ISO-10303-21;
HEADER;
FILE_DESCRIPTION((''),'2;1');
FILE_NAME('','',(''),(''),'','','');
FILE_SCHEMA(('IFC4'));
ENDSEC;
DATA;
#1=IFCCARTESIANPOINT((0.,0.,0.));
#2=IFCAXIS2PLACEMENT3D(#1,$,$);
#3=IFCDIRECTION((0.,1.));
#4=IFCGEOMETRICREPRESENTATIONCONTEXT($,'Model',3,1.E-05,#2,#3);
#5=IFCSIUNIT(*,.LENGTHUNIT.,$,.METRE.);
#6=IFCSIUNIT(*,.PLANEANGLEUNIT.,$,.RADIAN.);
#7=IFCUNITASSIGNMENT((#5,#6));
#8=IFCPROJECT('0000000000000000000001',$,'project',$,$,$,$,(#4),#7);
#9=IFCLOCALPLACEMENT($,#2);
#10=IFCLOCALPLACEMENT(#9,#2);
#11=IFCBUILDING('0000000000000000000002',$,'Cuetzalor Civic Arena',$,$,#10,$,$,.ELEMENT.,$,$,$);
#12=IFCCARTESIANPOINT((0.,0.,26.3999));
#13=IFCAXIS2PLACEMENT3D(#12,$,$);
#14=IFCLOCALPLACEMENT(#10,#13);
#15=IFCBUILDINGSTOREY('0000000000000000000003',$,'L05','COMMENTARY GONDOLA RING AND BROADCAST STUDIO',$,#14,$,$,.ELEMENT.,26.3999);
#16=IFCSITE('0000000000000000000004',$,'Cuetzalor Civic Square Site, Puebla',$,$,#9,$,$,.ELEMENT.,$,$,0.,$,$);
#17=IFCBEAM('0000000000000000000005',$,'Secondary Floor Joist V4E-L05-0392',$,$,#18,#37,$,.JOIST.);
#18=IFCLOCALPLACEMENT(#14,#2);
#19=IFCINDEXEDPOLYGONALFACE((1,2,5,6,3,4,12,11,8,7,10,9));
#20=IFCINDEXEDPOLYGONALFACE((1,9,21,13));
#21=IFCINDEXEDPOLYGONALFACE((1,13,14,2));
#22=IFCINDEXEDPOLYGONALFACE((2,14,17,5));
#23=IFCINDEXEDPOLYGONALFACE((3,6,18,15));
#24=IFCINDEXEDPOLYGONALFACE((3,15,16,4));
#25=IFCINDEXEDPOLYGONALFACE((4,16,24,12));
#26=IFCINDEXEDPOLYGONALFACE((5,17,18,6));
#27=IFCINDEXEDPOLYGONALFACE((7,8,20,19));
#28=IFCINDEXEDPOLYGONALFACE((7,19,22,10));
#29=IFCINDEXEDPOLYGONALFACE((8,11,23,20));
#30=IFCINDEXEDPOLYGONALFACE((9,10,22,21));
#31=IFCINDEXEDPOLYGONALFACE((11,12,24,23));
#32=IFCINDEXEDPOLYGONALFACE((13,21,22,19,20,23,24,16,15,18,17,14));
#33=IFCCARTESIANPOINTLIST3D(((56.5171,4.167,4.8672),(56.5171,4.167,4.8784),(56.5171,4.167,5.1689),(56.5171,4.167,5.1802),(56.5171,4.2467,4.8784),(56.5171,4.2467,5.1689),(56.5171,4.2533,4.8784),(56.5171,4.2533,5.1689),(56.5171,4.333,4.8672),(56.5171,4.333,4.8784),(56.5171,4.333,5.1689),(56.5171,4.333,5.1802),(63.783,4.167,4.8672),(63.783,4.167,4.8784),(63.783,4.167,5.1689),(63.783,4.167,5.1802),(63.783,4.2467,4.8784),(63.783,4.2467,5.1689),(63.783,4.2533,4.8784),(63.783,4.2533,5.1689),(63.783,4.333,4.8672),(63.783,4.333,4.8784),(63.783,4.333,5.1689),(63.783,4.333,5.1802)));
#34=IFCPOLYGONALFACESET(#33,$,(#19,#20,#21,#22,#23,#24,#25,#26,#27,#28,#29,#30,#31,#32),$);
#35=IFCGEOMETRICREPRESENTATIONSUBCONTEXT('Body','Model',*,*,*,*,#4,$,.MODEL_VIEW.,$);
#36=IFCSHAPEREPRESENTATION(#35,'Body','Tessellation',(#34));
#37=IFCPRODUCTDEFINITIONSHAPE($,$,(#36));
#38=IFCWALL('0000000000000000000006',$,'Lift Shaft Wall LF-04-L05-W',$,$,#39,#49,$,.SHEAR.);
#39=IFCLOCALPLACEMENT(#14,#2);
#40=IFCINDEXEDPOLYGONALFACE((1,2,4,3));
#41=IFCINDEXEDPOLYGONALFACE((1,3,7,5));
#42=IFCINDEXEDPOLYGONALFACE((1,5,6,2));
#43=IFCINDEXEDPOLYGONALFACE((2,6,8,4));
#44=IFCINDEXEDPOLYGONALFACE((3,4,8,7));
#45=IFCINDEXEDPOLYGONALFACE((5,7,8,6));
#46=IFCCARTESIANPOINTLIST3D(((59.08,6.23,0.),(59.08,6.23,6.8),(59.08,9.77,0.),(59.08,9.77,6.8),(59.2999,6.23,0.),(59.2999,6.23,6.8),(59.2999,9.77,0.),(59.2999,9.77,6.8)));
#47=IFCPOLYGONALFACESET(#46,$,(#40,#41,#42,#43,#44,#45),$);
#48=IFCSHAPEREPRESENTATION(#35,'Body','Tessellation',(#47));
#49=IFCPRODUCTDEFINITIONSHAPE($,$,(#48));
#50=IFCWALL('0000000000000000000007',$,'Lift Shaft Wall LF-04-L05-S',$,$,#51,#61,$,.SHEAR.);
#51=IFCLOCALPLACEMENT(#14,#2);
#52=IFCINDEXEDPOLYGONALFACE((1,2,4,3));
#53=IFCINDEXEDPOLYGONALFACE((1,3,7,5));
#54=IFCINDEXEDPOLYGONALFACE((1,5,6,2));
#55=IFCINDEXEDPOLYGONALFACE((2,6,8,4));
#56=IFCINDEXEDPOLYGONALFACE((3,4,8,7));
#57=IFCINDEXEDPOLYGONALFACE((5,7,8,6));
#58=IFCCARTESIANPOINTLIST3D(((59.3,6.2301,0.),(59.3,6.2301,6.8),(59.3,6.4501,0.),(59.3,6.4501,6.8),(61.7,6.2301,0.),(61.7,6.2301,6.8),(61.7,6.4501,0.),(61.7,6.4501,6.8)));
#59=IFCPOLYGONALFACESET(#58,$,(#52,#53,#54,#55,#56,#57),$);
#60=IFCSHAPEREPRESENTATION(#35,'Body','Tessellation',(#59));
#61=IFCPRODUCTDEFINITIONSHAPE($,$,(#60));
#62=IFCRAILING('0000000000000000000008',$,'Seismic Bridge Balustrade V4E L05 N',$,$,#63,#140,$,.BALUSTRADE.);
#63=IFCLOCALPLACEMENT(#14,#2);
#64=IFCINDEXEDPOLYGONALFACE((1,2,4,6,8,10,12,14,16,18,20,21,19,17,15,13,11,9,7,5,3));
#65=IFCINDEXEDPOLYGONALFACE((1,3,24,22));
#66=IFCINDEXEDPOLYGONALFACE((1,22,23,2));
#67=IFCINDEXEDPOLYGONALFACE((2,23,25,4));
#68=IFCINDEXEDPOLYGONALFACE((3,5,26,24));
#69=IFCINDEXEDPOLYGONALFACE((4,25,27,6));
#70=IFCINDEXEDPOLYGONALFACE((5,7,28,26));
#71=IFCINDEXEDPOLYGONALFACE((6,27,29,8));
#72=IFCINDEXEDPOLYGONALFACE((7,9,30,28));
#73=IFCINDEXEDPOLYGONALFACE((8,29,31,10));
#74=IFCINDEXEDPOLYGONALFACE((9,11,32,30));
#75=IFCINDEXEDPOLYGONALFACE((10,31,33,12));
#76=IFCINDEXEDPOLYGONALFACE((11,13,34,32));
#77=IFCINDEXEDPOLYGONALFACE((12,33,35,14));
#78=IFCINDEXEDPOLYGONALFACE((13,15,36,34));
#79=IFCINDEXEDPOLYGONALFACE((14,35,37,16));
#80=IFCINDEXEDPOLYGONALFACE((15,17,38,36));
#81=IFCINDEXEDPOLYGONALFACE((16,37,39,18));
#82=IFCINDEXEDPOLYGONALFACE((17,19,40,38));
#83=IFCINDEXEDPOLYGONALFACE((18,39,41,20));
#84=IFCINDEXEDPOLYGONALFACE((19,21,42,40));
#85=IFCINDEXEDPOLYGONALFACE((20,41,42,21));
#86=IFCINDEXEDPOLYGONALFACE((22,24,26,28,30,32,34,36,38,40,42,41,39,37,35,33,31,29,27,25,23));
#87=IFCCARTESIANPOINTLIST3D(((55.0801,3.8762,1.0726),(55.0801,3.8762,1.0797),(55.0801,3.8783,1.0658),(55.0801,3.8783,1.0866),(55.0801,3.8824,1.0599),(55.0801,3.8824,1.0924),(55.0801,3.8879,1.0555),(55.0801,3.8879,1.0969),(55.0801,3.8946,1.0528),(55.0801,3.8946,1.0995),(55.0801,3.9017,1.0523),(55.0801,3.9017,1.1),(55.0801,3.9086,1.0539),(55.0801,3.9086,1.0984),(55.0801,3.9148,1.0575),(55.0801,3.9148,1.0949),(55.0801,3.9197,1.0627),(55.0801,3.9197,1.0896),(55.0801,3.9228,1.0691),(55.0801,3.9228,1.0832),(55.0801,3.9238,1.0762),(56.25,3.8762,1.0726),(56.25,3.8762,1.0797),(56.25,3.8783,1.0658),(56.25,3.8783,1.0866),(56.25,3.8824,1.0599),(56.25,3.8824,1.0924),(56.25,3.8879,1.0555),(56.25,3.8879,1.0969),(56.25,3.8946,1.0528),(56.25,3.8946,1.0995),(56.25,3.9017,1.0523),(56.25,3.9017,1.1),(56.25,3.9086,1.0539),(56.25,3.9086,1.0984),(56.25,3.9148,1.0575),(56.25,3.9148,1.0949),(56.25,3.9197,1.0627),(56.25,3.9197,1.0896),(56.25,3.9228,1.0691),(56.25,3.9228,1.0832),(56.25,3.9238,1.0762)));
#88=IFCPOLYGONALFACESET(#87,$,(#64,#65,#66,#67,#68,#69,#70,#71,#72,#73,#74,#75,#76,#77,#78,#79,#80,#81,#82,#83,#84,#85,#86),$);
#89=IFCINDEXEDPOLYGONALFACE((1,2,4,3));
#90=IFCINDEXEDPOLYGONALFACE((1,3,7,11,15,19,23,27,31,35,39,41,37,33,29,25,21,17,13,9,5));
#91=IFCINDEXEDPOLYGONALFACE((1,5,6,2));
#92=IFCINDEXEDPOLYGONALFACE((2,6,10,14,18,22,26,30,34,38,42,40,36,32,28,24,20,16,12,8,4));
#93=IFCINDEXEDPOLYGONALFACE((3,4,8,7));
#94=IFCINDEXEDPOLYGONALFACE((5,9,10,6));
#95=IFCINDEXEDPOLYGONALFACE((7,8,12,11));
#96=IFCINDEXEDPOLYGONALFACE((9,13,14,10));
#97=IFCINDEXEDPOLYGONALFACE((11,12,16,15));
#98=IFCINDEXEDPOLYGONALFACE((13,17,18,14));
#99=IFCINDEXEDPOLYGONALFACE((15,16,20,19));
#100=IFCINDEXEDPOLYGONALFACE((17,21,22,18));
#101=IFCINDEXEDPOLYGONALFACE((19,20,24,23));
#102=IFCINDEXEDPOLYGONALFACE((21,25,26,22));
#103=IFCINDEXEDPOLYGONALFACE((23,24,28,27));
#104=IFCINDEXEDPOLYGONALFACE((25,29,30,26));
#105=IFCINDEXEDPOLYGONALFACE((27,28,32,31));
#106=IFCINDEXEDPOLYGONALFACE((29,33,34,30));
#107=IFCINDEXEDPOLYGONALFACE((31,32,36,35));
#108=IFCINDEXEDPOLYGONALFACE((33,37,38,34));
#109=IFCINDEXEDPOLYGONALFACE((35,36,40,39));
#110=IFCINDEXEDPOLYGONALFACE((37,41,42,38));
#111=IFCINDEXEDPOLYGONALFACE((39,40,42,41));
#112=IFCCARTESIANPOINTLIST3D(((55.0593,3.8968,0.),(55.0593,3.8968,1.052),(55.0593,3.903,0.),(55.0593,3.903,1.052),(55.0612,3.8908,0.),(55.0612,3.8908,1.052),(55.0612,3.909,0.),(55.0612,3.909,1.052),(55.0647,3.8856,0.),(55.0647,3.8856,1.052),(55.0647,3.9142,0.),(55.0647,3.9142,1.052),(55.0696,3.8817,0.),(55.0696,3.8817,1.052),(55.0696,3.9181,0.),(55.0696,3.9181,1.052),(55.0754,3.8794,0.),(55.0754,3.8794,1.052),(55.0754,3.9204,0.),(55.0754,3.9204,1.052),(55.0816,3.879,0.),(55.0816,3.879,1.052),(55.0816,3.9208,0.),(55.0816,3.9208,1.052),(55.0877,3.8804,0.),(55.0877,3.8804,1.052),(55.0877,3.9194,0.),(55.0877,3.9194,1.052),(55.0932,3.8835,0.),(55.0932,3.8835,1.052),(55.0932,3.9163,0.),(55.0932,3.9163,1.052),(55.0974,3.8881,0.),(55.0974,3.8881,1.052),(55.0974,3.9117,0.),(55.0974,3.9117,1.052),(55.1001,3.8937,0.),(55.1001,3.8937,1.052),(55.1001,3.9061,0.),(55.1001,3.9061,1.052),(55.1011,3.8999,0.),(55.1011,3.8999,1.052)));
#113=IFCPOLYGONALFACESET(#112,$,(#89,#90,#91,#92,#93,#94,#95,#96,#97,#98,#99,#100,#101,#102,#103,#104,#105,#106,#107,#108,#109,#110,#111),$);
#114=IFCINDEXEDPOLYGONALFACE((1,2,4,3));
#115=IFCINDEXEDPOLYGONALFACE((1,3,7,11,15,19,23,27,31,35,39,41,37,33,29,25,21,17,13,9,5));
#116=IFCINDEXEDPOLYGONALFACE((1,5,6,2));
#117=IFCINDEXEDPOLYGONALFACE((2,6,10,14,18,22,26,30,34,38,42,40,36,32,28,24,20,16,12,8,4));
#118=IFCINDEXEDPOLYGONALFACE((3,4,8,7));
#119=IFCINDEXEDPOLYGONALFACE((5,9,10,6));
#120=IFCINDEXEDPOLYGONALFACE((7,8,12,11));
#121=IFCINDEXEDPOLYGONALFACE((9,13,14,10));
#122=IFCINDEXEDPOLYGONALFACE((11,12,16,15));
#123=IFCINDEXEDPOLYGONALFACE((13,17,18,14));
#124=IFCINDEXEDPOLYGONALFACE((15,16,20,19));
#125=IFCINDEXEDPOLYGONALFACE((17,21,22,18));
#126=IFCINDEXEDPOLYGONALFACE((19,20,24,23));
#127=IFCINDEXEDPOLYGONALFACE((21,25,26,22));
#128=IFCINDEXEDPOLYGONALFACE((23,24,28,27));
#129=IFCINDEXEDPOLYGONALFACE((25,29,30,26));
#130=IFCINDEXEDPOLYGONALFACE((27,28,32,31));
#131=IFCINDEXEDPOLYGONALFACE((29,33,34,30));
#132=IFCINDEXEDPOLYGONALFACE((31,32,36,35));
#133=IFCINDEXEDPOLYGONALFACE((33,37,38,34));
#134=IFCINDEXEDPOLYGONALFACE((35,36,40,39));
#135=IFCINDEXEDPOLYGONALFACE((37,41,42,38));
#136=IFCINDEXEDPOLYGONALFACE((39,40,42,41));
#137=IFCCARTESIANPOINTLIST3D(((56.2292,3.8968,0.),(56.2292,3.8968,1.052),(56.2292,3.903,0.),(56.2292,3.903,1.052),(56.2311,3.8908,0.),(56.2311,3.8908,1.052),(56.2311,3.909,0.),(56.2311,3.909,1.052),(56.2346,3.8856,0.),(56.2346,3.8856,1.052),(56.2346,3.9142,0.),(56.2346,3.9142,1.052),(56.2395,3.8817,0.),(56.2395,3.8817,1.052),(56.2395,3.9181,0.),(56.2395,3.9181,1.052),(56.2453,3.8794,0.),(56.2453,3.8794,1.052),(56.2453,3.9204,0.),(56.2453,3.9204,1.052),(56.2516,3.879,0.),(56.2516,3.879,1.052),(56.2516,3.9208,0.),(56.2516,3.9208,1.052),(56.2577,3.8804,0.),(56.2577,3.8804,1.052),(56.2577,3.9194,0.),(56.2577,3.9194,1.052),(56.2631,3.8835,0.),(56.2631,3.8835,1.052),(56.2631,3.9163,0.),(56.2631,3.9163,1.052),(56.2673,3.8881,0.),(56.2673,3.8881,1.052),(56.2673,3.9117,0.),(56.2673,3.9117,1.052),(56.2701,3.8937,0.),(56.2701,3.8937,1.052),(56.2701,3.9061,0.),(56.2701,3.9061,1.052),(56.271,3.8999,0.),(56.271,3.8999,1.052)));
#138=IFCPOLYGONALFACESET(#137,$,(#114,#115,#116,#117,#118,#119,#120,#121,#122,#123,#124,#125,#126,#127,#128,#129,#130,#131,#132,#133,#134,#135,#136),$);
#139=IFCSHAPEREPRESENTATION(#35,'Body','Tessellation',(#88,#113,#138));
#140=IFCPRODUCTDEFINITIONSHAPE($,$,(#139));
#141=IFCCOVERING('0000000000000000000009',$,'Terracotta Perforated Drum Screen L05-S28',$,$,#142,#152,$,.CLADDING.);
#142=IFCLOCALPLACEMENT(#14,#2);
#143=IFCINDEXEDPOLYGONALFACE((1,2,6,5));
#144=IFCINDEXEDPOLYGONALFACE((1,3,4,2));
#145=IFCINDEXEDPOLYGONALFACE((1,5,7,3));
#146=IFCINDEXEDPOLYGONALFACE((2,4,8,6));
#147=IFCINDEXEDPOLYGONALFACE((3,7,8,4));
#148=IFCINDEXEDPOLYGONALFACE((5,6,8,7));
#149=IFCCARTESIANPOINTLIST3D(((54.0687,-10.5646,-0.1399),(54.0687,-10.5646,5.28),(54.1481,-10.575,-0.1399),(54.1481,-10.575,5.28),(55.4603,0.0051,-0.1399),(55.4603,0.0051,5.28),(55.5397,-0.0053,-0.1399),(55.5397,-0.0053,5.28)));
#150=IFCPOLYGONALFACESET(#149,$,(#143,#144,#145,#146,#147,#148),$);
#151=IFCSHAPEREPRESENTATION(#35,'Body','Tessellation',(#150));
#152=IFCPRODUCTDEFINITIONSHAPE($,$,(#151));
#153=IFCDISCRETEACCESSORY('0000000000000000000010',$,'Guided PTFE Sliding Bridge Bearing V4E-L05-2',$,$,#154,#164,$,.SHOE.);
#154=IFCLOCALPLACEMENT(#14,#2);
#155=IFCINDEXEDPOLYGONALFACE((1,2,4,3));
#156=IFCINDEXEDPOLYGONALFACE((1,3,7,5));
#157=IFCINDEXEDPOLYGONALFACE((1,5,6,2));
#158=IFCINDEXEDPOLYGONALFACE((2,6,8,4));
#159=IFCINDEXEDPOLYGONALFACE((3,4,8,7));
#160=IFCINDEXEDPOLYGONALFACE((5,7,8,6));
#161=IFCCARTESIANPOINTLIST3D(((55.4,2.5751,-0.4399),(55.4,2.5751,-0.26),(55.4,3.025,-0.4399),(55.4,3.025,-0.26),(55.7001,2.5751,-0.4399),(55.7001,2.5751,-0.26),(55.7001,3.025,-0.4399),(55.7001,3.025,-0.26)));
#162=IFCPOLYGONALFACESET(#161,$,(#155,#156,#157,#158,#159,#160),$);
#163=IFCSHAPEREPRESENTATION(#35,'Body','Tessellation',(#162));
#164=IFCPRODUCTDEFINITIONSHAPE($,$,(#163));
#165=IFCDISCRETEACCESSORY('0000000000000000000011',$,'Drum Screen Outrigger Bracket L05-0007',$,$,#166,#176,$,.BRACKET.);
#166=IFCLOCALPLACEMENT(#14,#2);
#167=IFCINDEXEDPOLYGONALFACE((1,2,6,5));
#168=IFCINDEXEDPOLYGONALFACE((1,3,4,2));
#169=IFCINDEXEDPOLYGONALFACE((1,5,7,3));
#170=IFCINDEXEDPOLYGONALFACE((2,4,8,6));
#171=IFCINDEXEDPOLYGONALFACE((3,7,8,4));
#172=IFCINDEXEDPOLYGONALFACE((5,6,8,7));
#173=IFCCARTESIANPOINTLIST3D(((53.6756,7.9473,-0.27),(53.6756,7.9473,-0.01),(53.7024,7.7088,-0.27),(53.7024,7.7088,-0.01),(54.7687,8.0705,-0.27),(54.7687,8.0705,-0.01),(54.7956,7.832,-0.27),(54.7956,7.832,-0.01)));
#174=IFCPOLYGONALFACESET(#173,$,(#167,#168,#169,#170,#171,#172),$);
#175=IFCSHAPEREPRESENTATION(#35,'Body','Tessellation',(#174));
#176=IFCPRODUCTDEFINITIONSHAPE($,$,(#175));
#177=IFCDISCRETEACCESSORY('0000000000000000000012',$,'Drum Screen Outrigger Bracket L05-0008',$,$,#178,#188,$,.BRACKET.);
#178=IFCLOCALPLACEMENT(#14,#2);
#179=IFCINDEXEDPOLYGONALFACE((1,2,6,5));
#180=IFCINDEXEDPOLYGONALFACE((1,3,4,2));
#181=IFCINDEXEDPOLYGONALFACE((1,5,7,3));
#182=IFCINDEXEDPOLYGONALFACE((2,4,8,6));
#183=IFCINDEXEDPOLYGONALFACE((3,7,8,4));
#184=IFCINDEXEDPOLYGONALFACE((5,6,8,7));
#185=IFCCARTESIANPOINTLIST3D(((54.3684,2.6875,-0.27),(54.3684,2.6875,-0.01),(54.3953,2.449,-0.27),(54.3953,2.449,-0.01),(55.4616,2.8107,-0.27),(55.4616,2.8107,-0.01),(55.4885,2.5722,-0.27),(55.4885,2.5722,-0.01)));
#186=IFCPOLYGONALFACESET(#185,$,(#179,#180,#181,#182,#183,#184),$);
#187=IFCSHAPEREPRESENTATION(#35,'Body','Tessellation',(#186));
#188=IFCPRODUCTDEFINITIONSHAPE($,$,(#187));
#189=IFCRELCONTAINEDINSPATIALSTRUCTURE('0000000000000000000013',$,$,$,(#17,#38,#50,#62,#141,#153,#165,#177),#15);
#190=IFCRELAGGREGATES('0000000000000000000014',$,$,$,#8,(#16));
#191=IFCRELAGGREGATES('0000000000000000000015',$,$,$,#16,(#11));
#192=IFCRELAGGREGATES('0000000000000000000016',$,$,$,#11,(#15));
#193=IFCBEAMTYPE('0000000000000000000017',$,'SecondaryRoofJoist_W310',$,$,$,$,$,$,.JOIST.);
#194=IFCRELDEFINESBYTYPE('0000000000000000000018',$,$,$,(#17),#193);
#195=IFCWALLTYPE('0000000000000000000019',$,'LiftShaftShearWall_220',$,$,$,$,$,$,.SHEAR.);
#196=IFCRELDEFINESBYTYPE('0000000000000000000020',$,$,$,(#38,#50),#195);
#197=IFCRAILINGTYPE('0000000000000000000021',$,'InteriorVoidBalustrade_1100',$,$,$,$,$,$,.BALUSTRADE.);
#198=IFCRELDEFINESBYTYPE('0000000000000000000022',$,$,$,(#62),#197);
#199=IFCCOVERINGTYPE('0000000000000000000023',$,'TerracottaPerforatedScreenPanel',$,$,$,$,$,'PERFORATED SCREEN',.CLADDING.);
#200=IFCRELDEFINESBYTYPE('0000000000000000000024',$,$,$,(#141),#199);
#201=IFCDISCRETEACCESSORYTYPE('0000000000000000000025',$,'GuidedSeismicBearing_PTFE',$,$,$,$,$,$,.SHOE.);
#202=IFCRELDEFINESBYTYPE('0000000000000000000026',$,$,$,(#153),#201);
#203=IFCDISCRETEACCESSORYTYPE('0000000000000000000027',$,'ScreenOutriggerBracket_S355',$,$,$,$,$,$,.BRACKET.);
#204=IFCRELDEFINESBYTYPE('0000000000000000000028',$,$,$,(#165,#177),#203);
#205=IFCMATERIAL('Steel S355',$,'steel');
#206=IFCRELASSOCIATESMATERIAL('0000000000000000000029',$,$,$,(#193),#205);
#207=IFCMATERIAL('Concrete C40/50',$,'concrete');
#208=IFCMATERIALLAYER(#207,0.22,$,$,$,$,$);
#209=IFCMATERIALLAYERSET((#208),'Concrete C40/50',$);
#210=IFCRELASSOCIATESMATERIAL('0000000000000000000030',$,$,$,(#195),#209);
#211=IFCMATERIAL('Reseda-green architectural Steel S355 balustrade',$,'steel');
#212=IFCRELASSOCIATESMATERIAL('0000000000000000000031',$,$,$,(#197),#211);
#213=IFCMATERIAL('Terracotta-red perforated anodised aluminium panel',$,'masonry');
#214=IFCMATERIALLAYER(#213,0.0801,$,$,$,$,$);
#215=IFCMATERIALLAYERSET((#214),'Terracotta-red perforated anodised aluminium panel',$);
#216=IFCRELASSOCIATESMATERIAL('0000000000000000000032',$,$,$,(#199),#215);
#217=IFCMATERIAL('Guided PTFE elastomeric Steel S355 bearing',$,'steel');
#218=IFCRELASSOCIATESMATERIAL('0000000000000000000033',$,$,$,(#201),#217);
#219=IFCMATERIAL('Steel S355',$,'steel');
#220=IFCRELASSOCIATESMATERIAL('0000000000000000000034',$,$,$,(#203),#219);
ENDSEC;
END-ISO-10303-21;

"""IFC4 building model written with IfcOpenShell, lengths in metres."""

from ifc_helpers import new_model, si_unit, direction, frame, frame_2d, origin, origin_2d, place, context, subcontext, project, spatial, rectangle, circle, i_section, extrude, material, layer, layer_set, material_profile, profile_set, type_object, element, save


model = new_model("IFC4")

# Units and contexts
model_context = context("Model", 3, precision=1e-05, world=origin(), true_north=direction((0.0, 1.0)))
body_context = subcontext(model_context, "Body", "Model", "MODEL_VIEW")
ifc_project = project(units=[si_unit("LENGTHUNIT", "METRE"), si_unit("PLANEANGLEUNIT", "RADIAN")], contexts=[model_context])

# Site, building, storey
site_placement = place(None, origin())
site = spatial("IfcSite", under=ifc_project, at=site_placement, Name="Cuetzalor Civic Square Site, Puebla", CompositionType="ELEMENT", RefElevation=0.0)
building_placement = place(site_placement, origin())
building = spatial("IfcBuilding", under=site, at=building_placement, Name="Cuetzalor Civic Arena", CompositionType="ELEMENT")
storey_placement = place(building_placement, frame((0.0, 0.0, 26.3999)))
storey = spatial("IfcBuildingStorey", under=building, at=storey_placement, Name="L05", Description="COMMENTARY GONDOLA RING AND BROADCAST STUDIO", CompositionType="ELEMENT", Elevation=26.3999)

# Beam
ifc_material_1 = material(Name="Steel S355", Category="steel")
ifc_material_profile_1 = material_profile(ifc_material_1, i_section(OverallWidth=0.166, OverallDepth=0.313, WebThickness=0.0066, FlangeThickness=0.0112, at=origin_2d()), Name="W310x45")
ifc_profile_set_1 = profile_set([ifc_material_profile_1], Name="Steel S355")
beam_type_1 = type_object("IfcBeamType", Name="SecondaryRoofJoist_W310", PredefinedType="JOIST", material=ifc_profile_set_1)
beam_placement = place(storey_placement, frame((56.5171, 4.25, 5.0237), z_axis=(1.0, 0.0, 0.0), x_axis=(0.0, 1.0, 0.0)))
element("IfcBeam", 1, at=beam_placement, inside=storey, type_object=beam_type_1, Name="Secondary Floor Joist V4E-L05-0392", PredefinedType="JOIST", context=body_context, shape_type="SweptSolid", body=[
    extrude(i_section(OverallWidth=0.166, OverallDepth=0.313, WebThickness=0.0066, FlangeThickness=0.0112, at=origin_2d()), origin(), (0.0, 0.0, 1.0), 7.2659),
])

# Walls
ifc_material_2 = material(Name="Concrete C40/50", Category="concrete")
ifc_layer_1 = layer(ifc_material_2, 0.22)
ifc_layer_set_1 = layer_set([ifc_layer_1], Name="Concrete C40/50")
wall_type_1 = type_object("IfcWallType", Name="LiftShaftShearWall_220", PredefinedType="SHEAR", material=ifc_layer_set_1)
wall_1_placement = place(storey_placement, frame((59.1899, 6.23, 0.0), z_axis=(0.0, 0.0, 1.0), x_axis=(0.0, 1.0, 0.0)))
element("IfcWall", 2, at=wall_1_placement, inside=storey, type_object=wall_type_1, Name="Lift Shaft Wall LF-04-L05-W", PredefinedType="SHEAR", context=body_context, shape_type="SweptSolid", body=[
    extrude(rectangle(XDim=3.54, YDim=0.22, at=frame_2d((1.77, 0.0))), origin(), (0.0, 0.0, 1.0), 6.8),
])
wall_2_placement = place(storey_placement, frame((61.7, 6.3401, 0.0), z_axis=(0.0, 0.0, 1.0), x_axis=(-1.0, 0.0, 0.0)))
element("IfcWall", 3, at=wall_2_placement, inside=storey, type_object=wall_type_1, Name="Lift Shaft Wall LF-04-L05-S", PredefinedType="SHEAR", context=body_context, shape_type="SweptSolid", body=[
    extrude(rectangle(XDim=2.3999, YDim=0.22, at=frame_2d((1.2, 0.0))), origin(), (0.0, 0.0, 1.0), 6.8),
])

# Railing
ifc_material_3 = material(Name="Reseda-green architectural Steel S355 balustrade", Category="steel")
railing_type_1 = type_object("IfcRailingType", Name="InteriorVoidBalustrade_1100", PredefinedType="BALUSTRADE", material=ifc_material_3)
railing_1_placement = place(storey_placement, frame((55.0801, 3.8999, 0.0)))
element("IfcRailing", 4, at=railing_1_placement, inside=storey, type_object=railing_type_1, Name="Seismic Bridge Balustrade V4E L05 N", PredefinedType="BALUSTRADE", context=body_context, shape_type="SweptSolid", body=[
    extrude(circle(Radius=0.0239, at=origin_2d()), frame((0.0, 0.0, 1.0762), z_axis=(1.0, 0.0, 0.0), x_axis=(0.0, 1.0, 0.0)), (0.0, 0.0, 1.0), 1.1699),
    extrude(circle(Radius=0.021, at=origin_2d()), origin(), (0.0, 0.0, 1.0), 1.052),
    extrude(circle(Radius=0.021, at=origin_2d()), frame((1.1699, 0.0, 0.0)), (0.0, 0.0, 1.0), 1.052),
])

# Covering
ifc_material_4 = material(Name="Terracotta-red perforated anodised aluminium panel", Category="masonry")
ifc_layer_2 = layer(ifc_material_4, 0.0801)
ifc_layer_set_2 = layer_set([ifc_layer_2], Name="Terracotta-red perforated anodised aluminium panel")
covering_type = type_object("IfcCoveringType", Name="TerracottaPerforatedScreenPanel", ElementType="PERFORATED SCREEN", PredefinedType="CLADDING", material=ifc_layer_set_2)
covering_placement = place(storey_placement, frame((55.5, 0.0, -0.1399), z_axis=(0.0, 0.0, 1.0), x_axis=(-0.130534, -0.991444, 0.0)))
element("IfcCovering", 5, at=covering_placement, inside=storey, type_object=covering_type, Name="Terracotta Perforated Drum Screen L05-S28", PredefinedType="CLADDING", context=body_context, shape_type="SweptSolid", body=[
    extrude(rectangle(XDim=10.6609, YDim=0.0801, at=frame_2d((5.3306, 0.0))), origin(), (0.0, 0.0, 1.0), 5.4199),
])

# Discrete accessories
ifc_material_5 = material(Name="Guided PTFE elastomeric Steel S355 bearing", Category="steel")
discrete_accessory_type_1 = type_object("IfcDiscreteAccessoryType", Name="GuidedSeismicBearing_PTFE", PredefinedType="SHOE", material=ifc_material_5)
discrete_accessory_placement = place(storey_placement, frame((55.55, 2.8, -0.4399), z_axis=(0.0, 0.0, 1.0), x_axis=(1.0, 0.0, 0.0)))
element("IfcDiscreteAccessory", 6, at=discrete_accessory_placement, inside=storey, type_object=discrete_accessory_type_1, Name="Guided PTFE Sliding Bridge Bearing V4E-L05-2", PredefinedType="SHOE", context=body_context, shape_type="SweptSolid", body=[
    extrude(rectangle(XDim=0.3, YDim=0.45, at=origin_2d()), origin(), (0.0, 0.0, 1.0), 0.1799),
])
ifc_material_6 = material(Name="Steel S355", Category="steel")
discrete_accessory_type_2 = type_object("IfcDiscreteAccessoryType", Name="ScreenOutriggerBracket_S355", PredefinedType="BRACKET", material=ifc_material_6)
for number, where, z_axis, x_axis, name in (
    (7, (54.2356, 7.8896, -0.27), (0.0, 0.0, 1.0), (0.993709, 0.111989, 0.0), "Drum Screen Outrigger Bracket L05-0007"),
    (8, (54.9285, 2.6299, -0.27), (0.0, 0.0, 1.0), (0.993709, 0.111989, 0.0), "Drum Screen Outrigger Bracket L05-0008"),
):
    element("IfcDiscreteAccessory", number, at=place(storey_placement, frame(where, z_axis=z_axis, x_axis=x_axis)), inside=storey, type_object=discrete_accessory_type_2, Name=name, PredefinedType="BRACKET", context=body_context, shape_type="SweptSolid", body=[
        extrude(rectangle(XDim=1.1001, YDim=0.24, at=origin_2d()), origin(), (0.0, 0.0, 1.0), 0.26),
    ])

save(model, "model.ifc")
